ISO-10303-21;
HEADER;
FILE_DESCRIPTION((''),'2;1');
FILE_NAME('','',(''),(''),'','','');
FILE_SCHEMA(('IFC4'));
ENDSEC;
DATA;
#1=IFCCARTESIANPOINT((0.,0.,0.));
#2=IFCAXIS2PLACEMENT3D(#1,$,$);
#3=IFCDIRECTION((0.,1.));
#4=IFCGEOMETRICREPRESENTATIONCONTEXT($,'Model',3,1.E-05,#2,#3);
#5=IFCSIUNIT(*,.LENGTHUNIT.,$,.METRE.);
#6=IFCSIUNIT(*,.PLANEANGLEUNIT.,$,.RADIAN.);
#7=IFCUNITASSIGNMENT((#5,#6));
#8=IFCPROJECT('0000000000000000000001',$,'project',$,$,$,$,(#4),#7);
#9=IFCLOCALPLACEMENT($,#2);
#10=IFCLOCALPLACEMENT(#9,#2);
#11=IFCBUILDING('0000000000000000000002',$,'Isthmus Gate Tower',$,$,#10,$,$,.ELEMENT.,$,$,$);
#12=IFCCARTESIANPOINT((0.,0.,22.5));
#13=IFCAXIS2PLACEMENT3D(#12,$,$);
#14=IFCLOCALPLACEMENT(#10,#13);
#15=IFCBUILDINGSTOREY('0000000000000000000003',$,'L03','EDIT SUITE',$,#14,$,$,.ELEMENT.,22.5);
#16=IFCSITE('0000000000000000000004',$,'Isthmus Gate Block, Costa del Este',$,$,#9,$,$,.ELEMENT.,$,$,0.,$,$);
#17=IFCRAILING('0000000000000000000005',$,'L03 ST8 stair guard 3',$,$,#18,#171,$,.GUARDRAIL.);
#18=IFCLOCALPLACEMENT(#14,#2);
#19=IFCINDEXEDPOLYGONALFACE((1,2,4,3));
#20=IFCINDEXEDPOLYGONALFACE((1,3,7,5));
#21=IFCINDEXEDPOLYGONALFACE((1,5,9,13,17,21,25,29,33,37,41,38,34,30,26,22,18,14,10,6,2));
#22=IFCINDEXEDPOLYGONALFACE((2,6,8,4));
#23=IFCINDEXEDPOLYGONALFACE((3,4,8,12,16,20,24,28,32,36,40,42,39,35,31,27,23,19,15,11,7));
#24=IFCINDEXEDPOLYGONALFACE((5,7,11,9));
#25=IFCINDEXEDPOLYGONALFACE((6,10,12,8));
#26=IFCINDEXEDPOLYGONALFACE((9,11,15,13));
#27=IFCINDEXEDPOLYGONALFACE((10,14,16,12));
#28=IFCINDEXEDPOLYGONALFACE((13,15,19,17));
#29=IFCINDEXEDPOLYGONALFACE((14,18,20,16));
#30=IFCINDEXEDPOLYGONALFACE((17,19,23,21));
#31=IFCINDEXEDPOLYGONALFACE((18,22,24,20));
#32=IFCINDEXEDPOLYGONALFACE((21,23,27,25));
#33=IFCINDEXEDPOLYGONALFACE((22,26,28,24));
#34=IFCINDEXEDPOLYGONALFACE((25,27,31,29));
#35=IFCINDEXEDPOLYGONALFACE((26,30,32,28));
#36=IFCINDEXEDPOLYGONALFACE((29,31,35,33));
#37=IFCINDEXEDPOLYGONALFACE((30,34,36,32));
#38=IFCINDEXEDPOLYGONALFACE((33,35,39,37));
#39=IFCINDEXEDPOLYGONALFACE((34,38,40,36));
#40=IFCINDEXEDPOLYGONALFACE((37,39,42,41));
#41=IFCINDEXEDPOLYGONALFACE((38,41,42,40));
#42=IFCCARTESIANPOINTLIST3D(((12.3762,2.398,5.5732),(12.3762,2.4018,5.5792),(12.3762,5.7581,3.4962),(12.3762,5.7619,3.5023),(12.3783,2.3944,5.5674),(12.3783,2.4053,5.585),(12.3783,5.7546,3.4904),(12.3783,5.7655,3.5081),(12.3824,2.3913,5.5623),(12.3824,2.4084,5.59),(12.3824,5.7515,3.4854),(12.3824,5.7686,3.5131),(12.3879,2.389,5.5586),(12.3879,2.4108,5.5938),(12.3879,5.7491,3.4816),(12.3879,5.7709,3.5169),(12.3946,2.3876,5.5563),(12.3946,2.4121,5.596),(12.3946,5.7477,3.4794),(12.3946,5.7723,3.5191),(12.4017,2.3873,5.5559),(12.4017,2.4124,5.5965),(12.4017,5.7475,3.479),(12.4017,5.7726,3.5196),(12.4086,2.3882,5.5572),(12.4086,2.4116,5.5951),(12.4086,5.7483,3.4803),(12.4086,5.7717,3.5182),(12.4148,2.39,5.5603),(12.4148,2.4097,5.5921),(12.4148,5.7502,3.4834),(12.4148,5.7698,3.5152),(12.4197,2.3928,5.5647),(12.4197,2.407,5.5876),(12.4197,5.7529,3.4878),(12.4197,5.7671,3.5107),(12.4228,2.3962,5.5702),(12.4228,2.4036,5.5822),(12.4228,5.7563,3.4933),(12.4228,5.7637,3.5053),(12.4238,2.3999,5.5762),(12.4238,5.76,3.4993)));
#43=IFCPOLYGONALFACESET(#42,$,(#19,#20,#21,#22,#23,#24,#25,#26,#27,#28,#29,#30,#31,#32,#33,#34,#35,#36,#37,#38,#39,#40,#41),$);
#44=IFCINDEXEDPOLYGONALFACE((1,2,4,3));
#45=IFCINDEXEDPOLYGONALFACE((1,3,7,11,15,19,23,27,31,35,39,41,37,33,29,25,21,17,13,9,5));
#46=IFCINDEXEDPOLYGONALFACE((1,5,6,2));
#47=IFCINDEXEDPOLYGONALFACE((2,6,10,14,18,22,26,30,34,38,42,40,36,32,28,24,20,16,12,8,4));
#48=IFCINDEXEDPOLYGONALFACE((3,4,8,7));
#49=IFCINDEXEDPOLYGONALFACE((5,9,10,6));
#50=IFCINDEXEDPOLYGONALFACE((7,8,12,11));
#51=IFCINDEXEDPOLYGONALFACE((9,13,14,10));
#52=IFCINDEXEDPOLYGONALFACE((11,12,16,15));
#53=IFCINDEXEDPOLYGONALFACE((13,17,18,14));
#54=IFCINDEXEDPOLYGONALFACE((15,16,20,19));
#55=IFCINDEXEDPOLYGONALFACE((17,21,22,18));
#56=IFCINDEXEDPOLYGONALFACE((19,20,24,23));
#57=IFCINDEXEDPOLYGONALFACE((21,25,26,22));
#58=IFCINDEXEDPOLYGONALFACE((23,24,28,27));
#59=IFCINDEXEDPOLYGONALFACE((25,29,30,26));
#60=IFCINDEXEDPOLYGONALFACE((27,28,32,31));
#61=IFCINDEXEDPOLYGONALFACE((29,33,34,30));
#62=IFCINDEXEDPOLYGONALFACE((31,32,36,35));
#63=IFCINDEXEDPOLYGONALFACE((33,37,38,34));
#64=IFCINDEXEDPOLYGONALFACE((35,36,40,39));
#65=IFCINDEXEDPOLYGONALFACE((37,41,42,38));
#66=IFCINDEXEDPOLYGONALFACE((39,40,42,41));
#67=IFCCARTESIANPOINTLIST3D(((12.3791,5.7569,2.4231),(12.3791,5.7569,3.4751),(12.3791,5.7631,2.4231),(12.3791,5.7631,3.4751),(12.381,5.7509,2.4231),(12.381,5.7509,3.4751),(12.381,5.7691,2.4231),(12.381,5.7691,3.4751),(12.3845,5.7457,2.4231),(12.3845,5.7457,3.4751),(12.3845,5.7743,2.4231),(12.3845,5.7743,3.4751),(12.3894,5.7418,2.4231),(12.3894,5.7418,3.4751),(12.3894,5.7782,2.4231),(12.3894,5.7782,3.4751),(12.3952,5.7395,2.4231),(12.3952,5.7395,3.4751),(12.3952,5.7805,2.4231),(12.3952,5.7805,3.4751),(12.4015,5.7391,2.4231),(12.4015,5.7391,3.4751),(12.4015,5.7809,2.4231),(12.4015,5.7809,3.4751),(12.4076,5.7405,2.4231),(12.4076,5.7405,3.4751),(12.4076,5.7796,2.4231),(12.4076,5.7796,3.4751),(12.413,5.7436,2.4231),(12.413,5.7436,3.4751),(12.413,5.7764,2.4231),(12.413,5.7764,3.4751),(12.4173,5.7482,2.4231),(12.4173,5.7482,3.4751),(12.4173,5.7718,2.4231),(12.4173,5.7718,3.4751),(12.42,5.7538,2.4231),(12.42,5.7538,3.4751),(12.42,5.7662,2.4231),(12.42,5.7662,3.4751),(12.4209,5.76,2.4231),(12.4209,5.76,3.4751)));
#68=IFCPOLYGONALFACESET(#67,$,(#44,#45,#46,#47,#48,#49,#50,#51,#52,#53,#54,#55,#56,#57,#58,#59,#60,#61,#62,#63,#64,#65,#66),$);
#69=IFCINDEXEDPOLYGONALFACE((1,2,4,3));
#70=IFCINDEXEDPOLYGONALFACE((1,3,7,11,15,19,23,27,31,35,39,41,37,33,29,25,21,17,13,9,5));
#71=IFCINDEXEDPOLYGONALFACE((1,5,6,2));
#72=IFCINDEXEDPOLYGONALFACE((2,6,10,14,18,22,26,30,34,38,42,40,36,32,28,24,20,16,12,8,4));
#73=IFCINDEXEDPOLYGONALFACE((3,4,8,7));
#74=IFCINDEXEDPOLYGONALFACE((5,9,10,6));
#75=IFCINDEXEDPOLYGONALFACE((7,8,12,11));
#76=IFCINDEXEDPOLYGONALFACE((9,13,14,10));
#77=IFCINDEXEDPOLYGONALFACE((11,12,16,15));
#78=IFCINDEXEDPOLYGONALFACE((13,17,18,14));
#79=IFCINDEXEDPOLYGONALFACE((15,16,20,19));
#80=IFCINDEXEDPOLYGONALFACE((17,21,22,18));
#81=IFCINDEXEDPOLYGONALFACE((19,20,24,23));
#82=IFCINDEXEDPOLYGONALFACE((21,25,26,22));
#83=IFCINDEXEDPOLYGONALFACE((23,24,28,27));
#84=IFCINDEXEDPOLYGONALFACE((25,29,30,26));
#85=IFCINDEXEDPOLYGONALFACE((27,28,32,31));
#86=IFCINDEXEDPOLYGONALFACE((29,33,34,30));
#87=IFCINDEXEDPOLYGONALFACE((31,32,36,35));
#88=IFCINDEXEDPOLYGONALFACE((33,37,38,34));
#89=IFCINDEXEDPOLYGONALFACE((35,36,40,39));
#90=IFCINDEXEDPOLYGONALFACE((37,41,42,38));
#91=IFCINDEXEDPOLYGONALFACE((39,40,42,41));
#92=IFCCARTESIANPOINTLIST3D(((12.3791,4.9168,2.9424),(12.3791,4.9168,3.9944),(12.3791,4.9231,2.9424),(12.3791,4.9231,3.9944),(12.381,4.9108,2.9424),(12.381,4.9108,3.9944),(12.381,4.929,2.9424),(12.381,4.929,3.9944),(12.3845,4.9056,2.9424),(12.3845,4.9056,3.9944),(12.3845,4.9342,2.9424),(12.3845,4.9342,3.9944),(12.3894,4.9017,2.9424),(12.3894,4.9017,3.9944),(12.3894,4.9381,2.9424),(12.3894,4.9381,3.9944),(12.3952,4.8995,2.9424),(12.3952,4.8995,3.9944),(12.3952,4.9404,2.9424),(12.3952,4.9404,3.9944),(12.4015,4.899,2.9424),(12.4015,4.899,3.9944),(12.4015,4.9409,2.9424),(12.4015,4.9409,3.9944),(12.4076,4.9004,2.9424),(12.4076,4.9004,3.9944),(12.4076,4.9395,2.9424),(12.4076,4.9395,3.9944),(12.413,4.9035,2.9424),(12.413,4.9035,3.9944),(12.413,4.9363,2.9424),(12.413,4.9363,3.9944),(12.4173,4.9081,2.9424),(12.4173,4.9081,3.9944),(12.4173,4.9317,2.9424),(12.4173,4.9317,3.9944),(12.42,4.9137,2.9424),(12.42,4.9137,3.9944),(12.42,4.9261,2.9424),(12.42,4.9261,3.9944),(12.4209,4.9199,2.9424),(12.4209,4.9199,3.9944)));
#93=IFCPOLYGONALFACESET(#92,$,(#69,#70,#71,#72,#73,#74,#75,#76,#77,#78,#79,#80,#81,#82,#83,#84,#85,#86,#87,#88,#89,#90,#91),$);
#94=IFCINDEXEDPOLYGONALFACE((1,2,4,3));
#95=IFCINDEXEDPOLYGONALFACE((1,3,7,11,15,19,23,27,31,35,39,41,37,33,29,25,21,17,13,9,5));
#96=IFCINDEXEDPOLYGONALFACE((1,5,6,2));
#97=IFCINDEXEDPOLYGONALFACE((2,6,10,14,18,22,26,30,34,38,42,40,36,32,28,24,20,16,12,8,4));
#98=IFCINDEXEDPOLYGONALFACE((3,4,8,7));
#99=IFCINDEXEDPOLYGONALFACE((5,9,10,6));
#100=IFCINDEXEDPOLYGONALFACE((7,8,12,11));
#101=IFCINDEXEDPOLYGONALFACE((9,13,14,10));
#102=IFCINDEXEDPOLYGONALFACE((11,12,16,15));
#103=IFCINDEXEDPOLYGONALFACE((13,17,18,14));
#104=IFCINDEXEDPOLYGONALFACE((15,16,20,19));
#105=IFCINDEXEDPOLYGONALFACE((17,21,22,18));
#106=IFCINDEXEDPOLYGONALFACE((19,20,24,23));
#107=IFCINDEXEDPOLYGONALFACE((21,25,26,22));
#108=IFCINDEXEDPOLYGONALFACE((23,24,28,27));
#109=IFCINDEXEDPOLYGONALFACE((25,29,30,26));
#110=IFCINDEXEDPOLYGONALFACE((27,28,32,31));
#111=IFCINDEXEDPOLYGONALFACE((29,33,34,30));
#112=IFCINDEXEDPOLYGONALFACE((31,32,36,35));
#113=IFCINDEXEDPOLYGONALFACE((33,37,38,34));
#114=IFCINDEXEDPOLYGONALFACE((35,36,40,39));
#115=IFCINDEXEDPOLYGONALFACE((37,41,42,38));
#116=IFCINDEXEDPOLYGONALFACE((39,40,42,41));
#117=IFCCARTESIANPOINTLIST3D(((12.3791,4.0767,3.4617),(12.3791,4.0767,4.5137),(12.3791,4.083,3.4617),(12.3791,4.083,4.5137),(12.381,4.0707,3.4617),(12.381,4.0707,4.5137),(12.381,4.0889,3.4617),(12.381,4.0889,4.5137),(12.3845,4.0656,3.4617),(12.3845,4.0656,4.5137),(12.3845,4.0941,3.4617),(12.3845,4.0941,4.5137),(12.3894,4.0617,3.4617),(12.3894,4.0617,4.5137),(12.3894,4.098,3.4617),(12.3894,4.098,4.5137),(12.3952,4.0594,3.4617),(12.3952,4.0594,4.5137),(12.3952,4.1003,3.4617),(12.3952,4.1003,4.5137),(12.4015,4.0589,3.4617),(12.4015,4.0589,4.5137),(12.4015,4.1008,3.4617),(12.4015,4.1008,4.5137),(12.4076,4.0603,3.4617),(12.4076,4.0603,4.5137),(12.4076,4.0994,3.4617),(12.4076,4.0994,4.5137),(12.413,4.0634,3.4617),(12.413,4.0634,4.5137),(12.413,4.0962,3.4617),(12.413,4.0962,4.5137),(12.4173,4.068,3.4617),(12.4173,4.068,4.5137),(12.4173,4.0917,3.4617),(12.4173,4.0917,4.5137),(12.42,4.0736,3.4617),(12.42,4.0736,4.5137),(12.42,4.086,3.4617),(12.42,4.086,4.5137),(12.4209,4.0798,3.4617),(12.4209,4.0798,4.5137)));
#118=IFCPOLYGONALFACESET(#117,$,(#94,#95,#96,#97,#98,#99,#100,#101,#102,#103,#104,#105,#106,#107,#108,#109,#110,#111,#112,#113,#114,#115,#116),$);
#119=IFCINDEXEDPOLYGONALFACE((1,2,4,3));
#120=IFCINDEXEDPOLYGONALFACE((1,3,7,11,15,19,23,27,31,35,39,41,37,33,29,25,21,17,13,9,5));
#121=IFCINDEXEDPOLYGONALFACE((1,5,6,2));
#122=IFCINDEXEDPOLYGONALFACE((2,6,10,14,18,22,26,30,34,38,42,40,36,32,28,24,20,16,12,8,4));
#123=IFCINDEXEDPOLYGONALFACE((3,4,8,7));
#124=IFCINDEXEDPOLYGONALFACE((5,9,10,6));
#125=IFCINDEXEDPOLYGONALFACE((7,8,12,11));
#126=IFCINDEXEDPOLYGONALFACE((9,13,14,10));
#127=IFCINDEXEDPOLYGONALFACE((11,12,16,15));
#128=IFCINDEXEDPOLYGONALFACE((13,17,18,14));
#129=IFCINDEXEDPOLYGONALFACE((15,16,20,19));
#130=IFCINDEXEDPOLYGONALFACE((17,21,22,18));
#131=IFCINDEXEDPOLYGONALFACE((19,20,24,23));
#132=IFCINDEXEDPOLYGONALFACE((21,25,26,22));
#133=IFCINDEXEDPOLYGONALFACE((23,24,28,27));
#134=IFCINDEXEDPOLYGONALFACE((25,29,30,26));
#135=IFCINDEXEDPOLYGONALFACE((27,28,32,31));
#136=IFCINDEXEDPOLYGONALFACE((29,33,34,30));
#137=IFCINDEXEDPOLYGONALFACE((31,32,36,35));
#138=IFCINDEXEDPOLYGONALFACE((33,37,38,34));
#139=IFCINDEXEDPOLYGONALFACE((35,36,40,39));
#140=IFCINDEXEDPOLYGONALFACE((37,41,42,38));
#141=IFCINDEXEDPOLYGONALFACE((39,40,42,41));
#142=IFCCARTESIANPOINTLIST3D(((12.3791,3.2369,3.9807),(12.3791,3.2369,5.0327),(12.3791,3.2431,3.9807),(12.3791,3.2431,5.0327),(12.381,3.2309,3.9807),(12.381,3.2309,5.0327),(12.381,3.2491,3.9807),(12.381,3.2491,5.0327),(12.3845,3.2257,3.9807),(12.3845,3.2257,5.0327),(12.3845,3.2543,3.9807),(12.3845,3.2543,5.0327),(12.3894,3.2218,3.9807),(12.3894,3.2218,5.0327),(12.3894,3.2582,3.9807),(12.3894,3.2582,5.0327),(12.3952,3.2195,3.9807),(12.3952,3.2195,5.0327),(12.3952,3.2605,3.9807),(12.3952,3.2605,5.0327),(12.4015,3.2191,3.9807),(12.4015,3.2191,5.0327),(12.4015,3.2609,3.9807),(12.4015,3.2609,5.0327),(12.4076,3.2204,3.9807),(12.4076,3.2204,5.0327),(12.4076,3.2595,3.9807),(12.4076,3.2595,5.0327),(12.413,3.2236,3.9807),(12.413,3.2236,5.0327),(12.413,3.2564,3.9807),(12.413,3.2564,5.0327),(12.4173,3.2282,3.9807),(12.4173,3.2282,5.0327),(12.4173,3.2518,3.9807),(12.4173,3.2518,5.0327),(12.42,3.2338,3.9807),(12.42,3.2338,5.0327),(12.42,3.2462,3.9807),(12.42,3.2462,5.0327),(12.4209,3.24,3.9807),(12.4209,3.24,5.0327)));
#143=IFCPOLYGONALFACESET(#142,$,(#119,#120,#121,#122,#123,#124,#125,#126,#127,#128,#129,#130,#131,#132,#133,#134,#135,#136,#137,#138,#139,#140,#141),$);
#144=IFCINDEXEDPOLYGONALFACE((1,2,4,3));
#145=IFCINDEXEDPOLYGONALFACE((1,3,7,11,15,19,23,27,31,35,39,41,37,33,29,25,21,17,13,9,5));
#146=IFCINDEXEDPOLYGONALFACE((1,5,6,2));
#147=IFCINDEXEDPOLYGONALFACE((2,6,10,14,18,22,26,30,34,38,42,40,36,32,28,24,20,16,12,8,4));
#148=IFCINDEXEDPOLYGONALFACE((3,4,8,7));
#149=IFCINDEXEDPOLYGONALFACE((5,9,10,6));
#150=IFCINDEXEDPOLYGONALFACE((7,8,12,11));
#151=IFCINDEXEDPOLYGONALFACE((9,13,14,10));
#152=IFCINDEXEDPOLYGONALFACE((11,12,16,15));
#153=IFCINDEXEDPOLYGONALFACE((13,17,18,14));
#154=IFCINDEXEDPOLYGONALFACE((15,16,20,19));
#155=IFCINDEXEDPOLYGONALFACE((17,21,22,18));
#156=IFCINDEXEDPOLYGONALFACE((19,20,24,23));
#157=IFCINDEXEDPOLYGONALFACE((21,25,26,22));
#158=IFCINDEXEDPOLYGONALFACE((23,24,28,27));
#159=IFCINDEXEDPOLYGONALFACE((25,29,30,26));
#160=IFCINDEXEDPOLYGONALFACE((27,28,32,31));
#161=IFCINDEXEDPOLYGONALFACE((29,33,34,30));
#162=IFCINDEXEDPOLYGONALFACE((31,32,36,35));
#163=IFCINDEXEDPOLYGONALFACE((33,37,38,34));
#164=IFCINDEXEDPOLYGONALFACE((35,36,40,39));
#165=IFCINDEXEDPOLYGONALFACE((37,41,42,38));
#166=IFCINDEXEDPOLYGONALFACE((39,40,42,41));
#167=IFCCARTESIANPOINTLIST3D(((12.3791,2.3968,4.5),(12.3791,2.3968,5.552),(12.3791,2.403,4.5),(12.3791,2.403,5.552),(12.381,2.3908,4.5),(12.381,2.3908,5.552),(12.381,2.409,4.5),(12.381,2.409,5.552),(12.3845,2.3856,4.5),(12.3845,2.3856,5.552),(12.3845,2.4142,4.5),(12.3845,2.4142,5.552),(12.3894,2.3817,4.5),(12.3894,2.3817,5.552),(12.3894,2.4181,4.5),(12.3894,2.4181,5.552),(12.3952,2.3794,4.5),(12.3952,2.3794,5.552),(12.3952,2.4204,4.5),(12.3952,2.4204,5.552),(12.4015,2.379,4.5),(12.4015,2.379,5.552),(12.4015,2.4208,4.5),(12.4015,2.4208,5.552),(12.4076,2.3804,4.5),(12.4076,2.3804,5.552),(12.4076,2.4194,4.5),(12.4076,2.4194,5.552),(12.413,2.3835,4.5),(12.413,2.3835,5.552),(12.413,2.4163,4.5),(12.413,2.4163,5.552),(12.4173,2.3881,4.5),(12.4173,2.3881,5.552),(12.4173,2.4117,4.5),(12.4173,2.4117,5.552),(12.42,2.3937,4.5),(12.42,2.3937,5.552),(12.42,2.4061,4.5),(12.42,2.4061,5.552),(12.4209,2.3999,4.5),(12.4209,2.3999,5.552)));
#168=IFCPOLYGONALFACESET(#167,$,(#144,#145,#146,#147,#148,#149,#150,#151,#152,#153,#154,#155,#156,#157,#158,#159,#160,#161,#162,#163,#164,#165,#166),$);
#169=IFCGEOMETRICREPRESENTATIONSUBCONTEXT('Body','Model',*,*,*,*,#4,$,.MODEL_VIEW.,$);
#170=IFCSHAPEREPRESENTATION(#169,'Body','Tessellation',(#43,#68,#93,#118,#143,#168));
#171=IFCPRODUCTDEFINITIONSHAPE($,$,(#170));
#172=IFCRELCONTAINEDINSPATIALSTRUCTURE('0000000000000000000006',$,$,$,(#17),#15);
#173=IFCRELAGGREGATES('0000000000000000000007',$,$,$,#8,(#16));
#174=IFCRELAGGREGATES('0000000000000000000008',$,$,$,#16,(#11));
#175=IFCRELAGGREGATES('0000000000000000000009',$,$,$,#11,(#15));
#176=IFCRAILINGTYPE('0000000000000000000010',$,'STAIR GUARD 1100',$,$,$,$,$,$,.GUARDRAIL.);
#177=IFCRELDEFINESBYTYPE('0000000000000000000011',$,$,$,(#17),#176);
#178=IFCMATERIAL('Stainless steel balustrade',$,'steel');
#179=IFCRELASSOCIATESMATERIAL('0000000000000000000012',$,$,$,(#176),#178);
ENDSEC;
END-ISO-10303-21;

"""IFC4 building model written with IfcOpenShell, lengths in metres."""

from ifc_helpers import new_model, si_unit, direction, frame, origin, origin_2d, place, context, subcontext, project, spatial, circle, extrude, material, type_object, element, save


model = new_model("IFC4")

# Units and contexts
model_context = context("Model", 3, precision=1e-05, world=origin(), true_north=direction((0.0, 1.0)))
body_context = subcontext(model_context, "Body", "Model", "MODEL_VIEW")
ifc_project = project(units=[si_unit("LENGTHUNIT", "METRE"), si_unit("PLANEANGLEUNIT", "RADIAN")], contexts=[model_context])

# Site, building, storey
site_placement = place(None, origin())
site = spatial("IfcSite", under=ifc_project, at=site_placement, Name="Isthmus Gate Block, Costa del Este", CompositionType="ELEMENT", RefElevation=0.0)
building_placement = place(site_placement, origin())
building = spatial("IfcBuilding", under=site, at=building_placement, Name="Isthmus Gate Tower", CompositionType="ELEMENT")
storey_placement = place(building_placement, frame((0.0, 0.0, 22.5)))
storey = spatial("IfcBuildingStorey", under=building, at=storey_placement, Name="L03", Description="EDIT SUITE", CompositionType="ELEMENT", Elevation=22.5)

# Railing
ifc_material_1 = material(Name="Stainless steel balustrade", Category="steel")
railing_type_1 = type_object("IfcRailingType", Name="STAIR GUARD 1100", PredefinedType="GUARDRAIL", material=ifc_material_1)
railing_1_placement = place(storey_placement, frame((12.3999, 5.76, 2.4231)))
element("IfcRailing", 1, at=railing_1_placement, inside=storey, type_object=railing_type_1, Name="L03 ST8 stair guard 3", PredefinedType="GUARDRAIL", context=body_context, shape_type="SweptSolid", body=[
    extrude(circle(Radius=0.0239, at=origin_2d()), frame((0.0, 0.0, 1.0762), z_axis=(0.0, -0.850623, 0.525776), x_axis=(1.0, 0.0, 0.0)), (0.0, 0.0, 1.0), 3.9502),
    extrude(circle(Radius=0.021, at=origin_2d()), origin(), (0.0, 0.0, 1.0), 1.052),
    extrude(circle(Radius=0.021, at=origin_2d()), frame((0.0, -0.8401, 0.5193)), (0.0, 0.0, 1.0), 1.052),
    extrude(circle(Radius=0.021, at=origin_2d()), frame((0.0, -1.6802, 1.0386)), (0.0, 0.0, 1.0), 1.052),
    extrude(circle(Radius=0.021, at=origin_2d()), frame((0.0, -2.52, 1.5576)), (0.0, 0.0, 1.0), 1.052),
    extrude(circle(Radius=0.021, at=origin_2d()), frame((0.0, -3.3601, 2.0769)), (0.0, 0.0, 1.0), 1.052),
])

save(model, "model.ifc")
